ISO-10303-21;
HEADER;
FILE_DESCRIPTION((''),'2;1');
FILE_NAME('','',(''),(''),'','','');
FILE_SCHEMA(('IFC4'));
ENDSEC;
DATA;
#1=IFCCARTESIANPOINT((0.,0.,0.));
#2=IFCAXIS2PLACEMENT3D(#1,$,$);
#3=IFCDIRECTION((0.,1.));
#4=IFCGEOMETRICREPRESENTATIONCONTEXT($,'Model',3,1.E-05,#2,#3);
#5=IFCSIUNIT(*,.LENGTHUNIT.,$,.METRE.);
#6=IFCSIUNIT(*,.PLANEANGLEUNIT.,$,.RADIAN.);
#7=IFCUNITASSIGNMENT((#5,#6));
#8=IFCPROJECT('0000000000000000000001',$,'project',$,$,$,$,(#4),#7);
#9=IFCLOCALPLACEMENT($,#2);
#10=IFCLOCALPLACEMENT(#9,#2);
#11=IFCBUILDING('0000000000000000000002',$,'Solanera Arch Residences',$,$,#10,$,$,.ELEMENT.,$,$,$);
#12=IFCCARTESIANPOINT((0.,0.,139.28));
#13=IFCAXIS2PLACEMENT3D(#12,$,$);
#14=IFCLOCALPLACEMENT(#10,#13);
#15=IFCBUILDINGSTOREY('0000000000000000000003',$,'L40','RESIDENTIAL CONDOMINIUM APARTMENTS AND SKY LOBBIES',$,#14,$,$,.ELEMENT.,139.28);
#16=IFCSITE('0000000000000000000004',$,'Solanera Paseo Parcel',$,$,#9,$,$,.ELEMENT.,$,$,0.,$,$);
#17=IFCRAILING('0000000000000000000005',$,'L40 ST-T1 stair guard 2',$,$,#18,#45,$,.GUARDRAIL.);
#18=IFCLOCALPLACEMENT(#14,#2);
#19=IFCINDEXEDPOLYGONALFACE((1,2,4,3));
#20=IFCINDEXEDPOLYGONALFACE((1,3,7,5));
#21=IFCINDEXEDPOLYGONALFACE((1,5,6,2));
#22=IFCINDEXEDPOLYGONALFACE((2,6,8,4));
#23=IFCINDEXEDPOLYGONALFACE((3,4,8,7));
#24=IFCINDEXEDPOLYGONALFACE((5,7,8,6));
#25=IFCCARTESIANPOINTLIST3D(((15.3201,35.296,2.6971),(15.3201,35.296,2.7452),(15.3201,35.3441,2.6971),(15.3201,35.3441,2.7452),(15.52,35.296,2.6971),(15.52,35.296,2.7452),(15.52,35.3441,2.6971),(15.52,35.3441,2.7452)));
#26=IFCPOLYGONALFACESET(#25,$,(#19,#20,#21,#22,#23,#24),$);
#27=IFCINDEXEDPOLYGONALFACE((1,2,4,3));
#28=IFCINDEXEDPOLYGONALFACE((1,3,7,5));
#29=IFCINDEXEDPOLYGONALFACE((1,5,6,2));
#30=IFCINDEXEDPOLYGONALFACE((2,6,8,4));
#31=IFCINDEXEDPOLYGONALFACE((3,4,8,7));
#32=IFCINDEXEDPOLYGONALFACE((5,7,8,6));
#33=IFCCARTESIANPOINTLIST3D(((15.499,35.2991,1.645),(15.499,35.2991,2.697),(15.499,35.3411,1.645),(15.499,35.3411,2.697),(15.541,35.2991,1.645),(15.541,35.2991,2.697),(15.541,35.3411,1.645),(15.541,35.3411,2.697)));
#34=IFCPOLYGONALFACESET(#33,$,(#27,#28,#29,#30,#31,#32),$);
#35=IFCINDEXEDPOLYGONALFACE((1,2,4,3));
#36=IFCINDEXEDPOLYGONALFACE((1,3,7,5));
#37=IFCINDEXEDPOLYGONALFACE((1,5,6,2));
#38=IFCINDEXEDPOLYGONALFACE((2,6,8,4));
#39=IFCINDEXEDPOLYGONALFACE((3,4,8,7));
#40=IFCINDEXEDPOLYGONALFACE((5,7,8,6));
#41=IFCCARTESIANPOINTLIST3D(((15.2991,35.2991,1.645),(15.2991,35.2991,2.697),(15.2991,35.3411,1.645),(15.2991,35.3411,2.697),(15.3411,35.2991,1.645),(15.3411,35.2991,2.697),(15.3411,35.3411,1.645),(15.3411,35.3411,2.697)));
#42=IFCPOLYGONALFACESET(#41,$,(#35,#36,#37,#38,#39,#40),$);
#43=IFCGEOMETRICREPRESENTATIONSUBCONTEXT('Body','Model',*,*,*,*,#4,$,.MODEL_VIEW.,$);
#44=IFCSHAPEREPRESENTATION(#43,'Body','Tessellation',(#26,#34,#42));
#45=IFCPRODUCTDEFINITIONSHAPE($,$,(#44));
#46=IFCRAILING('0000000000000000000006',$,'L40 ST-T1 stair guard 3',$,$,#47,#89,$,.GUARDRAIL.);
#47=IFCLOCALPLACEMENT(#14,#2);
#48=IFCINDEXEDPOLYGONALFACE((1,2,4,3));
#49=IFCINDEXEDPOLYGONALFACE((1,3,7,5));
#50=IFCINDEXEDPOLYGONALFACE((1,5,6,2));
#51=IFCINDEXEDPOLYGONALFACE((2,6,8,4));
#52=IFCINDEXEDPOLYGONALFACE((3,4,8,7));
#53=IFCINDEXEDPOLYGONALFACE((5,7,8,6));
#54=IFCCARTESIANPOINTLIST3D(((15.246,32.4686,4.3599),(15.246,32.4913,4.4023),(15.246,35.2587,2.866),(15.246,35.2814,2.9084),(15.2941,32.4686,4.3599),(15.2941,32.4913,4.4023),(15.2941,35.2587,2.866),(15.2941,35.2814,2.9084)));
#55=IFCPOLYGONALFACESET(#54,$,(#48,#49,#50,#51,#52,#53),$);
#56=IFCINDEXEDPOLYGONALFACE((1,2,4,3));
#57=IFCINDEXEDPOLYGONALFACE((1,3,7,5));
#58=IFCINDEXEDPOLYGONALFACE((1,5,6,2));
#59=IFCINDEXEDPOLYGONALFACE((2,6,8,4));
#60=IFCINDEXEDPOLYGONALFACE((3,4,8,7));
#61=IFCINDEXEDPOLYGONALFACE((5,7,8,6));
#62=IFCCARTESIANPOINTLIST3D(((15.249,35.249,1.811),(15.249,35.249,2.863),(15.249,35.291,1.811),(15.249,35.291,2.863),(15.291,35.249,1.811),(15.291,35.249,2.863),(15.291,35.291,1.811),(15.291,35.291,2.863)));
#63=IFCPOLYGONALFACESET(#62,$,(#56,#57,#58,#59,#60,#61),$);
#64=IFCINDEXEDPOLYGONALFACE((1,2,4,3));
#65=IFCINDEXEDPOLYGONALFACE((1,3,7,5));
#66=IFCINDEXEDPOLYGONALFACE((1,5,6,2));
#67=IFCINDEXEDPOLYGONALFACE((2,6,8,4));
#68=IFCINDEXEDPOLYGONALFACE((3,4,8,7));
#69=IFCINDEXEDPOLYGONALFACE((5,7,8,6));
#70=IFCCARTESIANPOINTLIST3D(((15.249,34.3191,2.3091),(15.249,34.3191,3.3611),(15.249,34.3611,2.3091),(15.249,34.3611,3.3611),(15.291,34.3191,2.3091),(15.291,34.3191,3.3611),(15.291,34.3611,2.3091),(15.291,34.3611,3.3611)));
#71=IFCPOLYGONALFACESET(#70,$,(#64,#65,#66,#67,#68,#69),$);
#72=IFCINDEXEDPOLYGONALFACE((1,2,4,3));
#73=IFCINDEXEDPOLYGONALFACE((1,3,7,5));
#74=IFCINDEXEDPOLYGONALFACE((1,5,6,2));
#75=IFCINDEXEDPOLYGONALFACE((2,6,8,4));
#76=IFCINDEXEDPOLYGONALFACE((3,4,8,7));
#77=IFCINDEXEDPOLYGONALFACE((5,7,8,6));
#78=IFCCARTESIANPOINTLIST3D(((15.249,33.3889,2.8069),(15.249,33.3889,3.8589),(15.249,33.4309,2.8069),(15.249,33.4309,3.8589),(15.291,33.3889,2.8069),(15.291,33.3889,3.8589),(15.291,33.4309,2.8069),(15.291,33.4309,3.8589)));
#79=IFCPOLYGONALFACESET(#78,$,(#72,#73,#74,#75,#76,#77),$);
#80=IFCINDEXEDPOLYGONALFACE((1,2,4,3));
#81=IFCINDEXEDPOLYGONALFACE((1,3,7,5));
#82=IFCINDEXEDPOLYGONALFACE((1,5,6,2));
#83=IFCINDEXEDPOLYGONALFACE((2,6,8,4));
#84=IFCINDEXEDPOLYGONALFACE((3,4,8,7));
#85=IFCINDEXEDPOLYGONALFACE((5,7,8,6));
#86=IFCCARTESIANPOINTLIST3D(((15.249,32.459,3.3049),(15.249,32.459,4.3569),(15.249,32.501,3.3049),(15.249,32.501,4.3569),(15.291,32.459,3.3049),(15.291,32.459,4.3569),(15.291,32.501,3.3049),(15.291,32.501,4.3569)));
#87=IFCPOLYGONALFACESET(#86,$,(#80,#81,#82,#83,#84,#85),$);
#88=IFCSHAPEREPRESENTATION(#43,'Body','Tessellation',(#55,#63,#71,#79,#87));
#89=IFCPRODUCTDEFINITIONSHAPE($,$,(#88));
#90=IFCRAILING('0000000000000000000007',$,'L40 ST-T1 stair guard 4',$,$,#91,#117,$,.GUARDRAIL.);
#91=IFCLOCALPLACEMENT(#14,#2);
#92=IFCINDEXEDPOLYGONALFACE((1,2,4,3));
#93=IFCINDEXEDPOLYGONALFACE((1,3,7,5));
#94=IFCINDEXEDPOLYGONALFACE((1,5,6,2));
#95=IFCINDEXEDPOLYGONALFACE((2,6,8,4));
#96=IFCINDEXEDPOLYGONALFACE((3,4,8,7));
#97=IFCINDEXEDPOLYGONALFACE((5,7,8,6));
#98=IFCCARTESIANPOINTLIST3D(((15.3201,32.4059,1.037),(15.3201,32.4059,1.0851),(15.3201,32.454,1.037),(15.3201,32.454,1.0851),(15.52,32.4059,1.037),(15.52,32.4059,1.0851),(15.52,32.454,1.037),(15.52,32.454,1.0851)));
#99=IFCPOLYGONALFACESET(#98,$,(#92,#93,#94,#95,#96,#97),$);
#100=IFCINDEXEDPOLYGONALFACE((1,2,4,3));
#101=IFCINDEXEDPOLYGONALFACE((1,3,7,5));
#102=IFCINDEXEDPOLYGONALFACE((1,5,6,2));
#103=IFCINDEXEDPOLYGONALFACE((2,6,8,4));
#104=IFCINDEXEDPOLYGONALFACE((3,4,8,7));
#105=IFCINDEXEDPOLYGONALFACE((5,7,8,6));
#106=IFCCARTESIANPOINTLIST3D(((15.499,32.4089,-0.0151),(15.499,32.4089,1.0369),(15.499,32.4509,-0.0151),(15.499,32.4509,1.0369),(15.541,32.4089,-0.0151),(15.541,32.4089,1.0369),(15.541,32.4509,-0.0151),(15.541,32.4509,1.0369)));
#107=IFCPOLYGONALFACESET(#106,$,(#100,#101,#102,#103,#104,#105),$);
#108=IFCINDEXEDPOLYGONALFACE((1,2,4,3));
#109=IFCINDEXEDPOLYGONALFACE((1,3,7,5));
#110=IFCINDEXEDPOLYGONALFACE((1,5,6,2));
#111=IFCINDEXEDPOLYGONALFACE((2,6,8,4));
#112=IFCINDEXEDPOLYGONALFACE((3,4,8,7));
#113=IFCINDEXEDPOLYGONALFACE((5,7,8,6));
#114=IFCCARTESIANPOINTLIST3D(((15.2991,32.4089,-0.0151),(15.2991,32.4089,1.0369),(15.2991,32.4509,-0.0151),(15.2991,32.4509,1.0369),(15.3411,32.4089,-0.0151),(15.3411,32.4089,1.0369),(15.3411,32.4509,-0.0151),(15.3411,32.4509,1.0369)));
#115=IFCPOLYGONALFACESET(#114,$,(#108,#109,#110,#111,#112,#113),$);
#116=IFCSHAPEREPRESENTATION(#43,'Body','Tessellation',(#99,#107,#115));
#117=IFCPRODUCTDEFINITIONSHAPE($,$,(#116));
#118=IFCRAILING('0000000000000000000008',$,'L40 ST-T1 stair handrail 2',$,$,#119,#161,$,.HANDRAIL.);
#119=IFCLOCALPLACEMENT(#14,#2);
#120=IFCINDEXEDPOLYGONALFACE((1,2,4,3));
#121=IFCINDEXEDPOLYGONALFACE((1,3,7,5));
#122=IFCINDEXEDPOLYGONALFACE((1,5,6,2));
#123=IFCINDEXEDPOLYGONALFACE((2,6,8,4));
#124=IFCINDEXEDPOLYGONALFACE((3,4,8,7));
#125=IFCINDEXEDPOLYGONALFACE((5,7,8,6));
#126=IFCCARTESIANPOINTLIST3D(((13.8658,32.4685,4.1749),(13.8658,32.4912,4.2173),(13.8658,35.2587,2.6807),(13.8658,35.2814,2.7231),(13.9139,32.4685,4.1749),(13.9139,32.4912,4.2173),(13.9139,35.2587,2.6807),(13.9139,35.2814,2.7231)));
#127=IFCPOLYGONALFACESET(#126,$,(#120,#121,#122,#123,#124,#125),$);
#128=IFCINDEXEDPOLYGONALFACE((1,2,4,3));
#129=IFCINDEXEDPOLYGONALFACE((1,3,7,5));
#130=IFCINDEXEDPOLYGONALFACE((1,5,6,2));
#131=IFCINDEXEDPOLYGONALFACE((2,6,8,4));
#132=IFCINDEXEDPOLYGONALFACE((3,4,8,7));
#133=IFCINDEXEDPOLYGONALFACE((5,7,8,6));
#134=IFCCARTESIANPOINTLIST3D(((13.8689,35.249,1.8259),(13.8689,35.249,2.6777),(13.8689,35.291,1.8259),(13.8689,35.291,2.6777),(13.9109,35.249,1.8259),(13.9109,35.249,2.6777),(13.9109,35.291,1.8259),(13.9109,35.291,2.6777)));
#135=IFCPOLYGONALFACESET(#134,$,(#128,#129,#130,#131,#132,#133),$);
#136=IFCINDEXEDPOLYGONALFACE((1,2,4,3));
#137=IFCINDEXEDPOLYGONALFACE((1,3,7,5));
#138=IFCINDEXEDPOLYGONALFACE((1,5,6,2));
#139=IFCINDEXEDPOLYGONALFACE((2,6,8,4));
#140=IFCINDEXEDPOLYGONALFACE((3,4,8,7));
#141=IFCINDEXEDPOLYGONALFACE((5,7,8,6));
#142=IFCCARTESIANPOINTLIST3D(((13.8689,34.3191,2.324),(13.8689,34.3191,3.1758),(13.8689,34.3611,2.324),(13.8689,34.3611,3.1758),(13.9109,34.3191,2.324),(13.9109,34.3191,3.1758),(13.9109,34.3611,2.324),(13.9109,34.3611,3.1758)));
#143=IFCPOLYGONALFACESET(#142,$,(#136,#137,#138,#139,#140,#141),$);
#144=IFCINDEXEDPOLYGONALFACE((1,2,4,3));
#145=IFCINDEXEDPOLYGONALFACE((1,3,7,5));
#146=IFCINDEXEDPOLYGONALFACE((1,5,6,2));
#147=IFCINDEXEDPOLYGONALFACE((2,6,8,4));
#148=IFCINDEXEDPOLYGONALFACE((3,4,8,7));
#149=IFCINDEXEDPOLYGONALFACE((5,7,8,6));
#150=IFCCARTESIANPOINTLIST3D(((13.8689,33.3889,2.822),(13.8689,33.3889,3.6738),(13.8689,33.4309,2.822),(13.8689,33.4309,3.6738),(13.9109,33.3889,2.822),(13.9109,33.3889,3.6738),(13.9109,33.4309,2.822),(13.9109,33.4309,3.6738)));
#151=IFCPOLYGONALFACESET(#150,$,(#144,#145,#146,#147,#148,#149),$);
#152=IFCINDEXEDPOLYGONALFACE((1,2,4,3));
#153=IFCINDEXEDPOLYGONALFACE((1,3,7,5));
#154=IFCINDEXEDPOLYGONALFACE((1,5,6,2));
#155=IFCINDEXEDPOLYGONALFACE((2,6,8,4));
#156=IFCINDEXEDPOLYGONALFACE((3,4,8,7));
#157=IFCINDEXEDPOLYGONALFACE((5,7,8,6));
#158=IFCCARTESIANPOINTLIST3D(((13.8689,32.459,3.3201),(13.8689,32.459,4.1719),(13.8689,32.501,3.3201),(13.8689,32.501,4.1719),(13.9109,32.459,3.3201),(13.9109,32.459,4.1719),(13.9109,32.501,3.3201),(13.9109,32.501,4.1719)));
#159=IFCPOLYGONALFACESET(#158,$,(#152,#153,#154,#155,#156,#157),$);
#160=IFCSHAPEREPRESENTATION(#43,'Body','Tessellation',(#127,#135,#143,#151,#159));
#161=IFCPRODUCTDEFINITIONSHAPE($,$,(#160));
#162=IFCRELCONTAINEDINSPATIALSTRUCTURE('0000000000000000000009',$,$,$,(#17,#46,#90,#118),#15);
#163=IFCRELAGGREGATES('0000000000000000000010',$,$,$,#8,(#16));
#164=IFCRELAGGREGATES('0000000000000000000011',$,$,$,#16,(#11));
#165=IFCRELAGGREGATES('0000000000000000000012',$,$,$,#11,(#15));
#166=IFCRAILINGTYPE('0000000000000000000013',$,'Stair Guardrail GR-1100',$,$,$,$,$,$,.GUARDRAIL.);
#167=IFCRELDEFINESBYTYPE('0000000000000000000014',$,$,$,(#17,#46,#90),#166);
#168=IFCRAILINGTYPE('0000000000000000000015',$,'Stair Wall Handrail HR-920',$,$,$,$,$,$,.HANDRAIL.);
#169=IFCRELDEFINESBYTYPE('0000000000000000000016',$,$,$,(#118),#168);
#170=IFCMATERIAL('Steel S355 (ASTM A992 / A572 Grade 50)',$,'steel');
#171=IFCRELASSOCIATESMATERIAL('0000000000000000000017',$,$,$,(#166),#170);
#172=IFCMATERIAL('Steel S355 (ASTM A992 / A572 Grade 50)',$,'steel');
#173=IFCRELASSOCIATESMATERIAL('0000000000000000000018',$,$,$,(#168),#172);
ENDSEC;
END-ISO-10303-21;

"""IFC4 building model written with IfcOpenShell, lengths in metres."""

from ifc_helpers import new_model, si_unit, direction, frame, origin, origin_2d, place, context, subcontext, project, spatial, rectangle, extrude, material, type_object, element, save


model = new_model("IFC4")

# Units and contexts
model_context = context("Model", 3, precision=1e-05, world=origin(), true_north=direction((0.0, 1.0)))
body_context = subcontext(model_context, "Body", "Model", "MODEL_VIEW")
ifc_project = project(units=[si_unit("LENGTHUNIT", "METRE"), si_unit("PLANEANGLEUNIT", "RADIAN")], contexts=[model_context])

# Site, building, storey
site_placement = place(None, origin())
site = spatial("IfcSite", under=ifc_project, at=site_placement, Name="Solanera Paseo Parcel", CompositionType="ELEMENT", RefElevation=0.0)
building_placement = place(site_placement, origin())
building = spatial("IfcBuilding", under=site, at=building_placement, Name="Solanera Arch Residences", CompositionType="ELEMENT")
storey_placement = place(building_placement, frame((0.0, 0.0, 139.28)))
storey = spatial("IfcBuildingStorey", under=building, at=storey_placement, Name="L40", Description="RESIDENTIAL CONDOMINIUM APARTMENTS AND SKY LOBBIES", CompositionType="ELEMENT", Elevation=139.28)

# Railings
ifc_material_1 = material(Name="Steel S355 (ASTM A992 / A572 Grade 50)", Category="steel")
railing_type_1 = type_object("IfcRailingType", Name="Stair Guardrail GR-1100", PredefinedType="GUARDRAIL", material=ifc_material_1)
railing_1_placement = place(storey_placement, frame((15.52, 35.3201, 1.645)))
element("IfcRailing", 1, at=railing_1_placement, inside=storey, type_object=railing_type_1, Name="L40 ST-T1 stair guard 2", PredefinedType="GUARDRAIL", context=body_context, shape_type="SweptSolid", body=[
    extrude(rectangle(XDim=0.0481, YDim=0.0481, at=origin_2d()), frame((0.0, 0.0, 1.0762), z_axis=(-1.0, 0.0, 0.0), x_axis=(0.0, -1.0, 0.0)), (0.0, 0.0, 1.0), 0.2),
    extrude(rectangle(XDim=0.042, YDim=0.042, at=origin_2d()), origin(), (0.0, 0.0, 1.0), 1.052),
    extrude(rectangle(XDim=0.042, YDim=0.042, at=origin_2d()), frame((-0.2, 0.0, 0.0)), (0.0, 0.0, 1.0), 1.052),
])
railing_2_placement = place(storey_placement, frame((15.27, 35.27, 1.811)))
element("IfcRailing", 2, at=railing_2_placement, inside=storey, type_object=railing_type_1, Name="L40 ST-T1 stair guard 3", PredefinedType="GUARDRAIL", context=body_context, shape_type="SweptSolid", body=[
    extrude(rectangle(XDim=0.0481, YDim=0.0481, at=origin_2d()), frame((0.0, 0.0, 1.0762), z_axis=(0.0, -0.881581, 0.472033), x_axis=(1.0, 0.0, 0.0)), (0.0, 0.0, 1.0), 3.1648),
    extrude(rectangle(XDim=0.042, YDim=0.042, at=origin_2d()), origin(), (0.0, 0.0, 1.0), 1.052),
    extrude(rectangle(XDim=0.042, YDim=0.042, at=origin_2d()), frame((0.0, -0.9299, 0.498)), (0.0, 0.0, 1.0), 1.052),
    extrude(rectangle(XDim=0.042, YDim=0.042, at=origin_2d()), frame((0.0, -1.8601, 0.9958)), (0.0, 0.0, 1.0), 1.052),
    extrude(rectangle(XDim=0.042, YDim=0.042, at=origin_2d()), frame((0.0, -2.79, 1.4939)), (0.0, 0.0, 1.0), 1.052),
])
railing_3_placement = place(storey_placement, frame((15.52, 32.4299, -0.0151)))
element("IfcRailing", 3, at=railing_3_placement, inside=storey, type_object=railing_type_1, Name="L40 ST-T1 stair guard 4", PredefinedType="GUARDRAIL", context=body_context, shape_type="SweptSolid", body=[
    extrude(rectangle(XDim=0.0481, YDim=0.0481, at=origin_2d()), frame((0.0, 0.0, 1.0762), z_axis=(-1.0, 0.0, 0.0), x_axis=(0.0, -1.0, 0.0)), (0.0, 0.0, 1.0), 0.2),
    extrude(rectangle(XDim=0.042, YDim=0.042, at=origin_2d()), origin(), (0.0, 0.0, 1.0), 1.052),
    extrude(rectangle(XDim=0.042, YDim=0.042, at=origin_2d()), frame((-0.2, 0.0, 0.0)), (0.0, 0.0, 1.0), 1.052),
])
ifc_material_2 = material(Name="Steel S355 (ASTM A992 / A572 Grade 50)", Category="steel")
railing_type_2 = type_object("IfcRailingType", Name="Stair Wall Handrail HR-920", PredefinedType="HANDRAIL", material=ifc_material_2)
railing_4_placement = place(storey_placement, frame((13.8899, 35.27, 1.8259)))
element("IfcRailing", 4, at=railing_4_placement, inside=storey, type_object=railing_type_2, Name="L40 ST-T1 stair handrail 2", PredefinedType="HANDRAIL", context=body_context, shape_type="SweptSolid", body=[
    extrude(rectangle(XDim=0.0481, YDim=0.0481, at=origin_2d()), frame((0.0, 0.0, 0.876), z_axis=(0.0, -0.881549, 0.472093), x_axis=(1.0, 0.0, 0.0)), (0.0, 0.0, 1.0), 3.165),
    extrude(rectangle(XDim=0.042, YDim=0.042, at=origin_2d()), origin(), (0.0, 0.0, 1.0), 0.8518),
    extrude(rectangle(XDim=0.042, YDim=0.042, at=origin_2d()), frame((0.0, -0.9299, 0.498)), (0.0, 0.0, 1.0), 0.8518),
    extrude(rectangle(XDim=0.042, YDim=0.042, at=origin_2d()), frame((0.0, -1.8601, 0.9961)), (0.0, 0.0, 1.0), 0.8518),
    extrude(rectangle(XDim=0.042, YDim=0.042, at=origin_2d()), frame((0.0, -2.79, 1.4941)), (0.0, 0.0, 1.0), 0.8518),
])

save(model, "model.ifc")
